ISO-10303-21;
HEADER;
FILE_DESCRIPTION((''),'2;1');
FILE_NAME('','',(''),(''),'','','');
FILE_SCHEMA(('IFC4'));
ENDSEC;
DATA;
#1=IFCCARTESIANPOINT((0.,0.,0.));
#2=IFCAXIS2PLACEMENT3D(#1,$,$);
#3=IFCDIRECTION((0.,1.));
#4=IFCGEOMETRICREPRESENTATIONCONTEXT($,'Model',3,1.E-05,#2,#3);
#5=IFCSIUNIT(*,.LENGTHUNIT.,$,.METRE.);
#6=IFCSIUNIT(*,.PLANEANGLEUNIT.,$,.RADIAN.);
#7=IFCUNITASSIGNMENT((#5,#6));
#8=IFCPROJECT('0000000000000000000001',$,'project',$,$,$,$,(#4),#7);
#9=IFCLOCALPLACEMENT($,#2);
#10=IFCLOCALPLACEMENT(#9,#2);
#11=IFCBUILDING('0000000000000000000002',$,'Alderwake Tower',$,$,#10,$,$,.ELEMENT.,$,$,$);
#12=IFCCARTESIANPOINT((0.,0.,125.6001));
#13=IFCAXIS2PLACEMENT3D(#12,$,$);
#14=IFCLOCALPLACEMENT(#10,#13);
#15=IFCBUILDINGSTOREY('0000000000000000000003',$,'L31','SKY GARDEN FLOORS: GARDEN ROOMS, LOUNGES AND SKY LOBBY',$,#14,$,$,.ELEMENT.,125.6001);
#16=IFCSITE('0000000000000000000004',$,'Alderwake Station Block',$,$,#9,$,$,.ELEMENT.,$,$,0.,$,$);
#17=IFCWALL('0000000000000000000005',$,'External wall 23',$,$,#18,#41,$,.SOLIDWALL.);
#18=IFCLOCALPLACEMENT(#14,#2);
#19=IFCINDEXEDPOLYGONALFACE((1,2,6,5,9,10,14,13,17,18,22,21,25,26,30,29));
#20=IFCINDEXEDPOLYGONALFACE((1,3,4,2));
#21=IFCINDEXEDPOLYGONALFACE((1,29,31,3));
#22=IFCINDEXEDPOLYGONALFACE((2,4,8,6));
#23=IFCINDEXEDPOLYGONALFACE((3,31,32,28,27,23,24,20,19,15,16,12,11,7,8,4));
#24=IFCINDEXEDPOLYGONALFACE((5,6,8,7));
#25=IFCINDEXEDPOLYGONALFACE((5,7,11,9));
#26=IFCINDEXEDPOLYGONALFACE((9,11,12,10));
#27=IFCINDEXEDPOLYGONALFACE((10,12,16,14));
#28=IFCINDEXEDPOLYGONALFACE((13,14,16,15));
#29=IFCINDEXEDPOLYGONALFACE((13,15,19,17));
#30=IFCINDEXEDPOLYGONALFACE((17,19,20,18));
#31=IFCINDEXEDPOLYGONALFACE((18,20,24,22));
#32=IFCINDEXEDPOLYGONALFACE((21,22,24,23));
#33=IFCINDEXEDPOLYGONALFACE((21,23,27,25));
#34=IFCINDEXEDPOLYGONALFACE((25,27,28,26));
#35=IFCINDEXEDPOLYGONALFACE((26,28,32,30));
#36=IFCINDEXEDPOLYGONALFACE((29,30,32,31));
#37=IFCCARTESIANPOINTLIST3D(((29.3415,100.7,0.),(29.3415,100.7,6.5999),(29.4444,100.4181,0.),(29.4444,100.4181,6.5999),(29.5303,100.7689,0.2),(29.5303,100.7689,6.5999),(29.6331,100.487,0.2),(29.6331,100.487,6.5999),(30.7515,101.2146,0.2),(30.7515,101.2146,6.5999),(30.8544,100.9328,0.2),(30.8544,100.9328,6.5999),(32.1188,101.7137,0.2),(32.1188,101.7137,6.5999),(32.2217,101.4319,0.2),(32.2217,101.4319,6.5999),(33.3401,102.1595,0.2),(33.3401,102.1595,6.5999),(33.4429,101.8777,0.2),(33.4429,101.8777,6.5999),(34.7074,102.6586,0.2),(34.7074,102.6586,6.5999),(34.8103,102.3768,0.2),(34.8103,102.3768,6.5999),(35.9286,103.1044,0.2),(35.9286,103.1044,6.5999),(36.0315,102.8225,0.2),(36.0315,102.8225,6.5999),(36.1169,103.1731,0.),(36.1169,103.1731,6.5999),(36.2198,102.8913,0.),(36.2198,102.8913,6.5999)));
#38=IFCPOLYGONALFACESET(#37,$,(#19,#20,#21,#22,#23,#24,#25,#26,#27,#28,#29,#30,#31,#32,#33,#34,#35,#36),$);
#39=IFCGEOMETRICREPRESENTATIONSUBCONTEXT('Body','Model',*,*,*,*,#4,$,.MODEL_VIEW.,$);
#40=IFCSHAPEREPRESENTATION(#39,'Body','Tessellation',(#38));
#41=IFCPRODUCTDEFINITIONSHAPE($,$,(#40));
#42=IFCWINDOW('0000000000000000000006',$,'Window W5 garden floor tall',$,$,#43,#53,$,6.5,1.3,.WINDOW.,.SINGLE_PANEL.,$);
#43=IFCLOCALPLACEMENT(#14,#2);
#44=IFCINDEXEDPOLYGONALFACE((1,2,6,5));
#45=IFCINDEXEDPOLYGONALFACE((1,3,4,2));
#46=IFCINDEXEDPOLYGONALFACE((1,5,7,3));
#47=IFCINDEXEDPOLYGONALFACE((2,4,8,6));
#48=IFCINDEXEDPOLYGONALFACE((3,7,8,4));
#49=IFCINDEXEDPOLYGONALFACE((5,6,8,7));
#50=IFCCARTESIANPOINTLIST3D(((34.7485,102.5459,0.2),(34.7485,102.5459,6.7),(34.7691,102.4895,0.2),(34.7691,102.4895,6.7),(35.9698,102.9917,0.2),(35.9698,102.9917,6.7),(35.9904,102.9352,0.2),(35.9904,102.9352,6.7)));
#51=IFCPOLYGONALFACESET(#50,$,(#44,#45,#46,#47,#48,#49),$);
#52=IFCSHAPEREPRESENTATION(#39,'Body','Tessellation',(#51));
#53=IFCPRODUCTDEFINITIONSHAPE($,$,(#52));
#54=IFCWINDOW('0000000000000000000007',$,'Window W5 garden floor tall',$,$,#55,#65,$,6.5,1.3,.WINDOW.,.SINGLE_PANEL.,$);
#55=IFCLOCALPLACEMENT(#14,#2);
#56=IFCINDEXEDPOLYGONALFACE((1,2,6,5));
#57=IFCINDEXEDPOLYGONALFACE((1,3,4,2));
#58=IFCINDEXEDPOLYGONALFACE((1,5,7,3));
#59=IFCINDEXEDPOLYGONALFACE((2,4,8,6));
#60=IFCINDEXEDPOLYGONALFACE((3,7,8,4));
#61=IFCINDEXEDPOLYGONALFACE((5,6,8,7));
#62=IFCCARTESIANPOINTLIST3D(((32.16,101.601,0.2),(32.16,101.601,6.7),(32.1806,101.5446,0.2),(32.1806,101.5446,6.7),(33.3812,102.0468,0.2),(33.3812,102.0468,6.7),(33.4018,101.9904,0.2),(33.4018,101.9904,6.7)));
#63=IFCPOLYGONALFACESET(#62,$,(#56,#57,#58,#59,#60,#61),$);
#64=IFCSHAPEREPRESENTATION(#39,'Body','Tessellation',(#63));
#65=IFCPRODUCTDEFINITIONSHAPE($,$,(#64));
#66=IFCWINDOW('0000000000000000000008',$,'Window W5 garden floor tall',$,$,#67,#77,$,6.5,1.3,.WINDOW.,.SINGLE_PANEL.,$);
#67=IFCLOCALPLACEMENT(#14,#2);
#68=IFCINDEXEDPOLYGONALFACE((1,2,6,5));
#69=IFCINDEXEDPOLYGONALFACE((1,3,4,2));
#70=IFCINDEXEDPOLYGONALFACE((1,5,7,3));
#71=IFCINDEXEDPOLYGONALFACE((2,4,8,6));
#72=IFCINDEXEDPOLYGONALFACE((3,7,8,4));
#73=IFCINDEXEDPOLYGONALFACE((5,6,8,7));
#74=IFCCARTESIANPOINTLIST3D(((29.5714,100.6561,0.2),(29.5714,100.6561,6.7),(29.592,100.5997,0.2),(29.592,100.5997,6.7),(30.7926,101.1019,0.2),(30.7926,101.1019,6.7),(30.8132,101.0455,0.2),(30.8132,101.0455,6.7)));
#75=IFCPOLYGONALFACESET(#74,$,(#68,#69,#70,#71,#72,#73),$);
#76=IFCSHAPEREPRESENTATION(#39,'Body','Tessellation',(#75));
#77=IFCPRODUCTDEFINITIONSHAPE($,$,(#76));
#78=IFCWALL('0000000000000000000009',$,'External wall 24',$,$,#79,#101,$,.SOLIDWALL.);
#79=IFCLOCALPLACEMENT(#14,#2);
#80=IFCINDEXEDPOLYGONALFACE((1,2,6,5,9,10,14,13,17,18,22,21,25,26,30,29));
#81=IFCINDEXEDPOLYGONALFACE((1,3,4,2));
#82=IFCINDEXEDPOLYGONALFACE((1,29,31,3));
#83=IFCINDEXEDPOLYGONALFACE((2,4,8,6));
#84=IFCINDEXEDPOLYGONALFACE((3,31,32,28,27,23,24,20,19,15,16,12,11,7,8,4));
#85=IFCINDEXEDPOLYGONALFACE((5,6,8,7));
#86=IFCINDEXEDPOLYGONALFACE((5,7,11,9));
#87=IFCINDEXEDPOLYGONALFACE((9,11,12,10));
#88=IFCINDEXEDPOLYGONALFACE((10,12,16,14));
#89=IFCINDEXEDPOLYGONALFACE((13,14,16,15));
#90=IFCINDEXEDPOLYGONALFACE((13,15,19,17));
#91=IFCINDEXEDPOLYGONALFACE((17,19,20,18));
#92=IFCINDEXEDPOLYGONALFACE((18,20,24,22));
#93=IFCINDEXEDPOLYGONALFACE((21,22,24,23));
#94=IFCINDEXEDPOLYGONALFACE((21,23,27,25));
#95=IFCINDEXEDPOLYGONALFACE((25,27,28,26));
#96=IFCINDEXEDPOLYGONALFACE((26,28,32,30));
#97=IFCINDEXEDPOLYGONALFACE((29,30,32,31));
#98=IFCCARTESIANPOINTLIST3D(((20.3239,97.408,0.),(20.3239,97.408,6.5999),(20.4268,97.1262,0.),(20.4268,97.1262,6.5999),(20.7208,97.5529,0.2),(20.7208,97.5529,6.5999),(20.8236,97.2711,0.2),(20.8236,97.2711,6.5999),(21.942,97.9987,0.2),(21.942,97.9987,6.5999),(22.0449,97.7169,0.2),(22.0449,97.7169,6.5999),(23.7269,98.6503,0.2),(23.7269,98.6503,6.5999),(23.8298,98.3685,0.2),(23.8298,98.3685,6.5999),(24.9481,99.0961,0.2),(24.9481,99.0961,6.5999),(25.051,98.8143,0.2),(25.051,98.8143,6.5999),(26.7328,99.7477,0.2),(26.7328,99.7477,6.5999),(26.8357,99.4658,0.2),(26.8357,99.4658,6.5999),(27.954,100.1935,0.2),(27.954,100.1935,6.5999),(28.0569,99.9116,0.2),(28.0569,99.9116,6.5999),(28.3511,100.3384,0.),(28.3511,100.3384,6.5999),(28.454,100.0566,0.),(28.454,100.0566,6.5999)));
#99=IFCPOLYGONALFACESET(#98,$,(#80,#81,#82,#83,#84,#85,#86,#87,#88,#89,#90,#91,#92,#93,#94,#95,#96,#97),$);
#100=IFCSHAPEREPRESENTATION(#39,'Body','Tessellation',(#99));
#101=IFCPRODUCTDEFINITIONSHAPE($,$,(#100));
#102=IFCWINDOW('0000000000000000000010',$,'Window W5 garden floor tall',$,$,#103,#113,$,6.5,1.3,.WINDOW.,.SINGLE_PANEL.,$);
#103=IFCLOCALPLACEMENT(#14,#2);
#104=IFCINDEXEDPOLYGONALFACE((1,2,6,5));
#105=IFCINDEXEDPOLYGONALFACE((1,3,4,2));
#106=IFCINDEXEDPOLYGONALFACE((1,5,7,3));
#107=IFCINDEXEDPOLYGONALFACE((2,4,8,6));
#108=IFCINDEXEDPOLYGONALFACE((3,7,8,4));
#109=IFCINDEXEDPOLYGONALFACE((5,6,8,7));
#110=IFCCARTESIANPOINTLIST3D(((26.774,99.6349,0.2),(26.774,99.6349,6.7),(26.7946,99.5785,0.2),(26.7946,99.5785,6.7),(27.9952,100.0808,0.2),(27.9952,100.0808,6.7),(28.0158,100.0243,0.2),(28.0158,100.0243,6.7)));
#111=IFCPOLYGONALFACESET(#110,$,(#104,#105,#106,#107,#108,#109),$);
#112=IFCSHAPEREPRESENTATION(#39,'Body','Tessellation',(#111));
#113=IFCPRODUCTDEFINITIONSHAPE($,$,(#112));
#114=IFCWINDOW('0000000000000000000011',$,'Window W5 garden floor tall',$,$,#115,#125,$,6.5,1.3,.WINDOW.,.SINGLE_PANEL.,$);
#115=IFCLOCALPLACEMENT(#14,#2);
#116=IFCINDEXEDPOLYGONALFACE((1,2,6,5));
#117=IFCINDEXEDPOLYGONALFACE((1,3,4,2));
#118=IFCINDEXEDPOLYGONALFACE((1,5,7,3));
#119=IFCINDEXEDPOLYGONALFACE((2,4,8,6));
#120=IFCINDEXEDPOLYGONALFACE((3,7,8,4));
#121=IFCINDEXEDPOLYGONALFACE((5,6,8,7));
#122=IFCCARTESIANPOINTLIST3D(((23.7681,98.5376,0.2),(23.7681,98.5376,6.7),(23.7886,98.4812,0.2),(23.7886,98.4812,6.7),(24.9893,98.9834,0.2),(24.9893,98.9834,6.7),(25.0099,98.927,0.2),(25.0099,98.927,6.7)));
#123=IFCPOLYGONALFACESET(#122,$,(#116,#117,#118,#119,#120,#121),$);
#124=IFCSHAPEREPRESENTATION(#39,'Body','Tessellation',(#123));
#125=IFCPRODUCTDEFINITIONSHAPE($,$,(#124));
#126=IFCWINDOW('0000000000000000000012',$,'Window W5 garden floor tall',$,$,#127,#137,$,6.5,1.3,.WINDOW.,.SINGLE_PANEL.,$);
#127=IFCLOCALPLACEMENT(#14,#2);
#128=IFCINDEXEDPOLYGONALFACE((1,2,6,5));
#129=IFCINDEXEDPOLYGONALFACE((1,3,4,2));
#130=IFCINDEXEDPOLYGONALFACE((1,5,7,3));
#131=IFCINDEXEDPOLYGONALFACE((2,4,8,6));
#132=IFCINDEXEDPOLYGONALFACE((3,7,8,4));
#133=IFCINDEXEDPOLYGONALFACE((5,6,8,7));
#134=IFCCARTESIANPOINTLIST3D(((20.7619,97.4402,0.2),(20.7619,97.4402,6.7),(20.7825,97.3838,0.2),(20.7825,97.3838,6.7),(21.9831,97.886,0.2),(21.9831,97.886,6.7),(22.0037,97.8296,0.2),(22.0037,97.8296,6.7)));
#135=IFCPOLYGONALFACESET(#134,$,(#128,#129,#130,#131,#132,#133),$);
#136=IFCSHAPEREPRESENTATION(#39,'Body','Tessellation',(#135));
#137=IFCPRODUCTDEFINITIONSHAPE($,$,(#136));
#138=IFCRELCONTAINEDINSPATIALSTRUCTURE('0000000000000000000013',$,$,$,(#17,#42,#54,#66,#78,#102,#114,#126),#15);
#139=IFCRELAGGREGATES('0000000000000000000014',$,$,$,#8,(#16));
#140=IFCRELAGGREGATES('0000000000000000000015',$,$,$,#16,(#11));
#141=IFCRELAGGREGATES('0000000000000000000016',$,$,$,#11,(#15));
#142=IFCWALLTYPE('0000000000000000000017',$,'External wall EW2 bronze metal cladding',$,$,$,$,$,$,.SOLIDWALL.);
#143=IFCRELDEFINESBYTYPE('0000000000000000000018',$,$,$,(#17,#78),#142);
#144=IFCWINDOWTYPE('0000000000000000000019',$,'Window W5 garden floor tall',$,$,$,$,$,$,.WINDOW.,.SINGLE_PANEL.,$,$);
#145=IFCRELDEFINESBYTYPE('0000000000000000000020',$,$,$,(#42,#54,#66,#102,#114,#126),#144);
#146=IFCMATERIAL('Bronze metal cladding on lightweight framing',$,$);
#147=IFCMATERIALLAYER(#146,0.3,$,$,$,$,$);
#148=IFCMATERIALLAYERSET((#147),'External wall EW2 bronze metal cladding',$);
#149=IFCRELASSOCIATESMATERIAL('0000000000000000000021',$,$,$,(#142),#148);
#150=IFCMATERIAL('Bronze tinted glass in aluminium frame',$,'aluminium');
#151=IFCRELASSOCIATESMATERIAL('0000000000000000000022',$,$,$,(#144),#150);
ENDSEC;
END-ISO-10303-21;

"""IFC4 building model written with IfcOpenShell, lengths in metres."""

from ifc_helpers import new_model, si_unit, direction, frame, frame_2d, origin, place, context, subcontext, project, spatial, rectangle, extrude, material, layer, layer_set, type_object, element, fill, save


model = new_model("IFC4")

# Units and contexts
model_context = context("Model", 3, precision=1e-05, world=origin(), true_north=direction((0.0, 1.0)))
body_context = subcontext(model_context, "Body", "Model", "MODEL_VIEW")
ifc_project = project(units=[si_unit("LENGTHUNIT", "METRE"), si_unit("PLANEANGLEUNIT", "RADIAN")], contexts=[model_context])

# Site, building, storey
site_placement = place(None, origin())
site = spatial("IfcSite", under=ifc_project, at=site_placement, Name="Alderwake Station Block", CompositionType="ELEMENT", RefElevation=0.0)
building_placement = place(site_placement, origin())
building = spatial("IfcBuilding", under=site, at=building_placement, Name="Alderwake Tower", CompositionType="ELEMENT")
storey_placement = place(building_placement, frame((0.0, 0.0, 125.6001)))
storey = spatial("IfcBuildingStorey", under=building, at=storey_placement, Name="L31", Description="SKY GARDEN FLOORS: GARDEN ROOMS, LOUNGES AND SKY LOBBY", CompositionType="ELEMENT", Elevation=125.6001)

# Walls, openings, windows
ifc_material_1 = material(Name="Bronze metal cladding on lightweight framing")
ifc_layer_1 = layer(ifc_material_1, 0.3)
ifc_layer_set_1 = layer_set([ifc_layer_1], Name="External wall EW2 bronze metal cladding")
wall_type_1 = type_object("IfcWallType", Name="External wall EW2 bronze metal cladding", PredefinedType="SOLIDWALL", material=ifc_layer_set_1)
wall_1_placement = place(storey_placement, frame((36.1685, 103.0322, 0.0), z_axis=(0.0, 0.0, 1.0), x_axis=(-0.939376, -0.34289, 0.0)))
wall_1 = element("IfcWall", 1, at=wall_1_placement, inside=storey, type_object=wall_type_1, Name="External wall 23", PredefinedType="SOLIDWALL", context=body_context, shape_type="SweptSolid", body=[
    extrude(rectangle(XDim=7.2126, YDim=0.3, at=frame_2d((3.6064, 0.0))), origin(), (0.0, 0.0, 1.0), 6.5999),
])
opening_1_placement = place(wall_1_placement, frame((0.2007, 0.0, 0.2)))
opening_1 = element("IfcOpeningElement", 2, at=opening_1_placement, cuts=wall_1, PredefinedType="OPENING", context=body_context, shape_type="SweptSolid", body=[
    extrude(rectangle(XDim=1.3, YDim=6.5, at=frame_2d((0.6499, 3.25))), frame((0.0, 0.1599, 0.0), z_axis=(0.0, -1.0, 0.0), x_axis=(1.0, 0.0, 0.0)), (0.0, 0.0, 1.0), 0.3201),
])
opening_2_placement = place(wall_1_placement, frame((2.9563, 0.0, 0.2)))
opening_2 = element("IfcOpeningElement", 3, at=opening_2_placement, cuts=wall_1, PredefinedType="OPENING", context=body_context, shape_type="SweptSolid", body=[
    extrude(rectangle(XDim=1.3, YDim=6.5, at=frame_2d((0.6499, 3.25))), frame((0.0, 0.1599, 0.0), z_axis=(0.0, -1.0, 0.0), x_axis=(1.0, 0.0, 0.0)), (0.0, 0.0, 1.0), 0.3201),
])
opening_3_placement = place(wall_1_placement, frame((5.7119, 0.0, 0.2)))
opening_3 = element("IfcOpeningElement", 4, at=opening_3_placement, cuts=wall_1, PredefinedType="OPENING", context=body_context, shape_type="SweptSolid", body=[
    extrude(rectangle(XDim=1.3, YDim=6.5, at=frame_2d((0.6499, 3.25))), frame((0.0, 0.1599, 0.0), z_axis=(0.0, -1.0, 0.0), x_axis=(1.0, 0.0, 0.0)), (0.0, 0.0, 1.0), 0.3201),
])
ifc_material_2 = material(Name="Bronze tinted glass in aluminium frame", Category="aluminium")
window_type = type_object("IfcWindowType", Name="Window W5 garden floor tall", PartitioningType="SINGLE_PANEL", PredefinedType="WINDOW", material=ifc_material_2)
window_1_placement = place(opening_1_placement, origin())
window_1 = element("IfcWindow", 5, at=window_1_placement, inside=storey, type_object=window_type, Name="Window W5 garden floor tall", OverallHeight=6.5, OverallWidth=1.3, PartitioningType="SINGLE_PANEL", PredefinedType="WINDOW", context=body_context, shape_type="SweptSolid", body=[
    extrude(rectangle(XDim=1.3, YDim=6.5, at=frame_2d((0.6499, 3.25))), frame((0.0, 0.03, 0.0), z_axis=(0.0, -1.0, 0.0), x_axis=(1.0, 0.0, 0.0)), (0.0, 0.0, 1.0), 0.0601),
])
fill(opening_1, window_1)
window_2_placement = place(opening_2_placement, origin())
window_2 = element("IfcWindow", 6, at=window_2_placement, inside=storey, type_object=window_type, Name="Window W5 garden floor tall", OverallHeight=6.5, OverallWidth=1.3, PartitioningType="SINGLE_PANEL", PredefinedType="WINDOW", context=body_context, shape_type="SweptSolid", body=[
    extrude(rectangle(XDim=1.3, YDim=6.5, at=frame_2d((0.6499, 3.25))), frame((0.0, 0.03, 0.0), z_axis=(0.0, -1.0, 0.0), x_axis=(1.0, 0.0, 0.0)), (0.0, 0.0, 1.0), 0.0601),
])
fill(opening_2, window_2)
window_3_placement = place(opening_3_placement, origin())
window_3 = element("IfcWindow", 7, at=window_3_placement, inside=storey, type_object=window_type, Name="Window W5 garden floor tall", OverallHeight=6.5, OverallWidth=1.3, PartitioningType="SINGLE_PANEL", PredefinedType="WINDOW", context=body_context, shape_type="SweptSolid", body=[
    extrude(rectangle(XDim=1.3, YDim=6.5, at=frame_2d((0.6499, 3.25))), frame((0.0, 0.03, 0.0), z_axis=(0.0, -1.0, 0.0), x_axis=(1.0, 0.0, 0.0)), (0.0, 0.0, 1.0), 0.0601),
])
fill(opening_3, window_3)
wall_2_placement = place(storey_placement, frame((28.4026, 100.1975, 0.0), z_axis=(0.0, 0.0, 1.0), x_axis=(-0.939365, -0.34292, 0.0)))
wall_2 = element("IfcWall", 8, at=wall_2_placement, inside=storey, type_object=wall_type_1, Name="External wall 24", PredefinedType="SOLIDWALL", context=body_context, shape_type="SweptSolid", body=[
    extrude(rectangle(XDim=8.5454, YDim=0.3, at=frame_2d((4.2727, 0.0))), origin(), (0.0, 0.0, 1.0), 6.5999),
])
opening_4_placement = place(wall_2_placement, frame((0.4229, 0.0, 0.2)))
opening_4 = element("IfcOpeningElement", 9, at=opening_4_placement, cuts=wall_2, PredefinedType="OPENING", context=body_context, shape_type="SweptSolid", body=[
    extrude(rectangle(XDim=1.3, YDim=6.5, at=frame_2d((0.6499, 3.25))), frame((0.0, 0.1599, 0.0), z_axis=(0.0, -1.0, 0.0), x_axis=(1.0, 0.0, 0.0)), (0.0, 0.0, 1.0), 0.3201),
])
opening_5_placement = place(wall_2_placement, frame((3.6228, 0.0, 0.2)))
opening_5 = element("IfcOpeningElement", 10, at=opening_5_placement, cuts=wall_2, PredefinedType="OPENING", context=body_context, shape_type="SweptSolid", body=[
    extrude(rectangle(XDim=1.3, YDim=6.5, at=frame_2d((0.6499, 3.25))), frame((0.0, 0.1599, 0.0), z_axis=(0.0, -1.0, 0.0), x_axis=(1.0, 0.0, 0.0)), (0.0, 0.0, 1.0), 0.3201),
])
opening_6_placement = place(wall_2_placement, frame((6.823, 0.0, 0.2)))
opening_6 = element("IfcOpeningElement", 11, at=opening_6_placement, cuts=wall_2, PredefinedType="OPENING", context=body_context, shape_type="SweptSolid", body=[
    extrude(rectangle(XDim=1.3, YDim=6.5, at=frame_2d((0.6499, 3.25))), frame((0.0, 0.1599, 0.0), z_axis=(0.0, -1.0, 0.0), x_axis=(1.0, 0.0, 0.0)), (0.0, 0.0, 1.0), 0.3201),
])
window_4_placement = place(opening_4_placement, origin())
window_4 = element("IfcWindow", 12, at=window_4_placement, inside=storey, type_object=window_type, Name="Window W5 garden floor tall", OverallHeight=6.5, OverallWidth=1.3, PartitioningType="SINGLE_PANEL", PredefinedType="WINDOW", context=body_context, shape_type="SweptSolid", body=[
    extrude(rectangle(XDim=1.3, YDim=6.5, at=frame_2d((0.6499, 3.25))), frame((0.0, 0.03, 0.0), z_axis=(0.0, -1.0, 0.0), x_axis=(1.0, 0.0, 0.0)), (0.0, 0.0, 1.0), 0.0601),
])
fill(opening_4, window_4)
window_5_placement = place(opening_5_placement, origin())
window_5 = element("IfcWindow", 13, at=window_5_placement, inside=storey, type_object=window_type, Name="Window W5 garden floor tall", OverallHeight=6.5, OverallWidth=1.3, PartitioningType="SINGLE_PANEL", PredefinedType="WINDOW", context=body_context, shape_type="SweptSolid", body=[
    extrude(rectangle(XDim=1.3, YDim=6.5, at=frame_2d((0.6499, 3.25))), frame((0.0, 0.03, 0.0), z_axis=(0.0, -1.0, 0.0), x_axis=(1.0, 0.0, 0.0)), (0.0, 0.0, 1.0), 0.0601),
])
fill(opening_5, window_5)
window_6_placement = place(opening_6_placement, origin())
window_6 = element("IfcWindow", 14, at=window_6_placement, inside=storey, type_object=window_type, Name="Window W5 garden floor tall", OverallHeight=6.5, OverallWidth=1.3, PartitioningType="SINGLE_PANEL", PredefinedType="WINDOW", context=body_context, shape_type="SweptSolid", body=[
    extrude(rectangle(XDim=1.3, YDim=6.5, at=frame_2d((0.6499, 3.25))), frame((0.0, 0.03, 0.0), z_axis=(0.0, -1.0, 0.0), x_axis=(1.0, 0.0, 0.0)), (0.0, 0.0, 1.0), 0.0601),
])
fill(opening_6, window_6)

save(model, "model.ifc")
